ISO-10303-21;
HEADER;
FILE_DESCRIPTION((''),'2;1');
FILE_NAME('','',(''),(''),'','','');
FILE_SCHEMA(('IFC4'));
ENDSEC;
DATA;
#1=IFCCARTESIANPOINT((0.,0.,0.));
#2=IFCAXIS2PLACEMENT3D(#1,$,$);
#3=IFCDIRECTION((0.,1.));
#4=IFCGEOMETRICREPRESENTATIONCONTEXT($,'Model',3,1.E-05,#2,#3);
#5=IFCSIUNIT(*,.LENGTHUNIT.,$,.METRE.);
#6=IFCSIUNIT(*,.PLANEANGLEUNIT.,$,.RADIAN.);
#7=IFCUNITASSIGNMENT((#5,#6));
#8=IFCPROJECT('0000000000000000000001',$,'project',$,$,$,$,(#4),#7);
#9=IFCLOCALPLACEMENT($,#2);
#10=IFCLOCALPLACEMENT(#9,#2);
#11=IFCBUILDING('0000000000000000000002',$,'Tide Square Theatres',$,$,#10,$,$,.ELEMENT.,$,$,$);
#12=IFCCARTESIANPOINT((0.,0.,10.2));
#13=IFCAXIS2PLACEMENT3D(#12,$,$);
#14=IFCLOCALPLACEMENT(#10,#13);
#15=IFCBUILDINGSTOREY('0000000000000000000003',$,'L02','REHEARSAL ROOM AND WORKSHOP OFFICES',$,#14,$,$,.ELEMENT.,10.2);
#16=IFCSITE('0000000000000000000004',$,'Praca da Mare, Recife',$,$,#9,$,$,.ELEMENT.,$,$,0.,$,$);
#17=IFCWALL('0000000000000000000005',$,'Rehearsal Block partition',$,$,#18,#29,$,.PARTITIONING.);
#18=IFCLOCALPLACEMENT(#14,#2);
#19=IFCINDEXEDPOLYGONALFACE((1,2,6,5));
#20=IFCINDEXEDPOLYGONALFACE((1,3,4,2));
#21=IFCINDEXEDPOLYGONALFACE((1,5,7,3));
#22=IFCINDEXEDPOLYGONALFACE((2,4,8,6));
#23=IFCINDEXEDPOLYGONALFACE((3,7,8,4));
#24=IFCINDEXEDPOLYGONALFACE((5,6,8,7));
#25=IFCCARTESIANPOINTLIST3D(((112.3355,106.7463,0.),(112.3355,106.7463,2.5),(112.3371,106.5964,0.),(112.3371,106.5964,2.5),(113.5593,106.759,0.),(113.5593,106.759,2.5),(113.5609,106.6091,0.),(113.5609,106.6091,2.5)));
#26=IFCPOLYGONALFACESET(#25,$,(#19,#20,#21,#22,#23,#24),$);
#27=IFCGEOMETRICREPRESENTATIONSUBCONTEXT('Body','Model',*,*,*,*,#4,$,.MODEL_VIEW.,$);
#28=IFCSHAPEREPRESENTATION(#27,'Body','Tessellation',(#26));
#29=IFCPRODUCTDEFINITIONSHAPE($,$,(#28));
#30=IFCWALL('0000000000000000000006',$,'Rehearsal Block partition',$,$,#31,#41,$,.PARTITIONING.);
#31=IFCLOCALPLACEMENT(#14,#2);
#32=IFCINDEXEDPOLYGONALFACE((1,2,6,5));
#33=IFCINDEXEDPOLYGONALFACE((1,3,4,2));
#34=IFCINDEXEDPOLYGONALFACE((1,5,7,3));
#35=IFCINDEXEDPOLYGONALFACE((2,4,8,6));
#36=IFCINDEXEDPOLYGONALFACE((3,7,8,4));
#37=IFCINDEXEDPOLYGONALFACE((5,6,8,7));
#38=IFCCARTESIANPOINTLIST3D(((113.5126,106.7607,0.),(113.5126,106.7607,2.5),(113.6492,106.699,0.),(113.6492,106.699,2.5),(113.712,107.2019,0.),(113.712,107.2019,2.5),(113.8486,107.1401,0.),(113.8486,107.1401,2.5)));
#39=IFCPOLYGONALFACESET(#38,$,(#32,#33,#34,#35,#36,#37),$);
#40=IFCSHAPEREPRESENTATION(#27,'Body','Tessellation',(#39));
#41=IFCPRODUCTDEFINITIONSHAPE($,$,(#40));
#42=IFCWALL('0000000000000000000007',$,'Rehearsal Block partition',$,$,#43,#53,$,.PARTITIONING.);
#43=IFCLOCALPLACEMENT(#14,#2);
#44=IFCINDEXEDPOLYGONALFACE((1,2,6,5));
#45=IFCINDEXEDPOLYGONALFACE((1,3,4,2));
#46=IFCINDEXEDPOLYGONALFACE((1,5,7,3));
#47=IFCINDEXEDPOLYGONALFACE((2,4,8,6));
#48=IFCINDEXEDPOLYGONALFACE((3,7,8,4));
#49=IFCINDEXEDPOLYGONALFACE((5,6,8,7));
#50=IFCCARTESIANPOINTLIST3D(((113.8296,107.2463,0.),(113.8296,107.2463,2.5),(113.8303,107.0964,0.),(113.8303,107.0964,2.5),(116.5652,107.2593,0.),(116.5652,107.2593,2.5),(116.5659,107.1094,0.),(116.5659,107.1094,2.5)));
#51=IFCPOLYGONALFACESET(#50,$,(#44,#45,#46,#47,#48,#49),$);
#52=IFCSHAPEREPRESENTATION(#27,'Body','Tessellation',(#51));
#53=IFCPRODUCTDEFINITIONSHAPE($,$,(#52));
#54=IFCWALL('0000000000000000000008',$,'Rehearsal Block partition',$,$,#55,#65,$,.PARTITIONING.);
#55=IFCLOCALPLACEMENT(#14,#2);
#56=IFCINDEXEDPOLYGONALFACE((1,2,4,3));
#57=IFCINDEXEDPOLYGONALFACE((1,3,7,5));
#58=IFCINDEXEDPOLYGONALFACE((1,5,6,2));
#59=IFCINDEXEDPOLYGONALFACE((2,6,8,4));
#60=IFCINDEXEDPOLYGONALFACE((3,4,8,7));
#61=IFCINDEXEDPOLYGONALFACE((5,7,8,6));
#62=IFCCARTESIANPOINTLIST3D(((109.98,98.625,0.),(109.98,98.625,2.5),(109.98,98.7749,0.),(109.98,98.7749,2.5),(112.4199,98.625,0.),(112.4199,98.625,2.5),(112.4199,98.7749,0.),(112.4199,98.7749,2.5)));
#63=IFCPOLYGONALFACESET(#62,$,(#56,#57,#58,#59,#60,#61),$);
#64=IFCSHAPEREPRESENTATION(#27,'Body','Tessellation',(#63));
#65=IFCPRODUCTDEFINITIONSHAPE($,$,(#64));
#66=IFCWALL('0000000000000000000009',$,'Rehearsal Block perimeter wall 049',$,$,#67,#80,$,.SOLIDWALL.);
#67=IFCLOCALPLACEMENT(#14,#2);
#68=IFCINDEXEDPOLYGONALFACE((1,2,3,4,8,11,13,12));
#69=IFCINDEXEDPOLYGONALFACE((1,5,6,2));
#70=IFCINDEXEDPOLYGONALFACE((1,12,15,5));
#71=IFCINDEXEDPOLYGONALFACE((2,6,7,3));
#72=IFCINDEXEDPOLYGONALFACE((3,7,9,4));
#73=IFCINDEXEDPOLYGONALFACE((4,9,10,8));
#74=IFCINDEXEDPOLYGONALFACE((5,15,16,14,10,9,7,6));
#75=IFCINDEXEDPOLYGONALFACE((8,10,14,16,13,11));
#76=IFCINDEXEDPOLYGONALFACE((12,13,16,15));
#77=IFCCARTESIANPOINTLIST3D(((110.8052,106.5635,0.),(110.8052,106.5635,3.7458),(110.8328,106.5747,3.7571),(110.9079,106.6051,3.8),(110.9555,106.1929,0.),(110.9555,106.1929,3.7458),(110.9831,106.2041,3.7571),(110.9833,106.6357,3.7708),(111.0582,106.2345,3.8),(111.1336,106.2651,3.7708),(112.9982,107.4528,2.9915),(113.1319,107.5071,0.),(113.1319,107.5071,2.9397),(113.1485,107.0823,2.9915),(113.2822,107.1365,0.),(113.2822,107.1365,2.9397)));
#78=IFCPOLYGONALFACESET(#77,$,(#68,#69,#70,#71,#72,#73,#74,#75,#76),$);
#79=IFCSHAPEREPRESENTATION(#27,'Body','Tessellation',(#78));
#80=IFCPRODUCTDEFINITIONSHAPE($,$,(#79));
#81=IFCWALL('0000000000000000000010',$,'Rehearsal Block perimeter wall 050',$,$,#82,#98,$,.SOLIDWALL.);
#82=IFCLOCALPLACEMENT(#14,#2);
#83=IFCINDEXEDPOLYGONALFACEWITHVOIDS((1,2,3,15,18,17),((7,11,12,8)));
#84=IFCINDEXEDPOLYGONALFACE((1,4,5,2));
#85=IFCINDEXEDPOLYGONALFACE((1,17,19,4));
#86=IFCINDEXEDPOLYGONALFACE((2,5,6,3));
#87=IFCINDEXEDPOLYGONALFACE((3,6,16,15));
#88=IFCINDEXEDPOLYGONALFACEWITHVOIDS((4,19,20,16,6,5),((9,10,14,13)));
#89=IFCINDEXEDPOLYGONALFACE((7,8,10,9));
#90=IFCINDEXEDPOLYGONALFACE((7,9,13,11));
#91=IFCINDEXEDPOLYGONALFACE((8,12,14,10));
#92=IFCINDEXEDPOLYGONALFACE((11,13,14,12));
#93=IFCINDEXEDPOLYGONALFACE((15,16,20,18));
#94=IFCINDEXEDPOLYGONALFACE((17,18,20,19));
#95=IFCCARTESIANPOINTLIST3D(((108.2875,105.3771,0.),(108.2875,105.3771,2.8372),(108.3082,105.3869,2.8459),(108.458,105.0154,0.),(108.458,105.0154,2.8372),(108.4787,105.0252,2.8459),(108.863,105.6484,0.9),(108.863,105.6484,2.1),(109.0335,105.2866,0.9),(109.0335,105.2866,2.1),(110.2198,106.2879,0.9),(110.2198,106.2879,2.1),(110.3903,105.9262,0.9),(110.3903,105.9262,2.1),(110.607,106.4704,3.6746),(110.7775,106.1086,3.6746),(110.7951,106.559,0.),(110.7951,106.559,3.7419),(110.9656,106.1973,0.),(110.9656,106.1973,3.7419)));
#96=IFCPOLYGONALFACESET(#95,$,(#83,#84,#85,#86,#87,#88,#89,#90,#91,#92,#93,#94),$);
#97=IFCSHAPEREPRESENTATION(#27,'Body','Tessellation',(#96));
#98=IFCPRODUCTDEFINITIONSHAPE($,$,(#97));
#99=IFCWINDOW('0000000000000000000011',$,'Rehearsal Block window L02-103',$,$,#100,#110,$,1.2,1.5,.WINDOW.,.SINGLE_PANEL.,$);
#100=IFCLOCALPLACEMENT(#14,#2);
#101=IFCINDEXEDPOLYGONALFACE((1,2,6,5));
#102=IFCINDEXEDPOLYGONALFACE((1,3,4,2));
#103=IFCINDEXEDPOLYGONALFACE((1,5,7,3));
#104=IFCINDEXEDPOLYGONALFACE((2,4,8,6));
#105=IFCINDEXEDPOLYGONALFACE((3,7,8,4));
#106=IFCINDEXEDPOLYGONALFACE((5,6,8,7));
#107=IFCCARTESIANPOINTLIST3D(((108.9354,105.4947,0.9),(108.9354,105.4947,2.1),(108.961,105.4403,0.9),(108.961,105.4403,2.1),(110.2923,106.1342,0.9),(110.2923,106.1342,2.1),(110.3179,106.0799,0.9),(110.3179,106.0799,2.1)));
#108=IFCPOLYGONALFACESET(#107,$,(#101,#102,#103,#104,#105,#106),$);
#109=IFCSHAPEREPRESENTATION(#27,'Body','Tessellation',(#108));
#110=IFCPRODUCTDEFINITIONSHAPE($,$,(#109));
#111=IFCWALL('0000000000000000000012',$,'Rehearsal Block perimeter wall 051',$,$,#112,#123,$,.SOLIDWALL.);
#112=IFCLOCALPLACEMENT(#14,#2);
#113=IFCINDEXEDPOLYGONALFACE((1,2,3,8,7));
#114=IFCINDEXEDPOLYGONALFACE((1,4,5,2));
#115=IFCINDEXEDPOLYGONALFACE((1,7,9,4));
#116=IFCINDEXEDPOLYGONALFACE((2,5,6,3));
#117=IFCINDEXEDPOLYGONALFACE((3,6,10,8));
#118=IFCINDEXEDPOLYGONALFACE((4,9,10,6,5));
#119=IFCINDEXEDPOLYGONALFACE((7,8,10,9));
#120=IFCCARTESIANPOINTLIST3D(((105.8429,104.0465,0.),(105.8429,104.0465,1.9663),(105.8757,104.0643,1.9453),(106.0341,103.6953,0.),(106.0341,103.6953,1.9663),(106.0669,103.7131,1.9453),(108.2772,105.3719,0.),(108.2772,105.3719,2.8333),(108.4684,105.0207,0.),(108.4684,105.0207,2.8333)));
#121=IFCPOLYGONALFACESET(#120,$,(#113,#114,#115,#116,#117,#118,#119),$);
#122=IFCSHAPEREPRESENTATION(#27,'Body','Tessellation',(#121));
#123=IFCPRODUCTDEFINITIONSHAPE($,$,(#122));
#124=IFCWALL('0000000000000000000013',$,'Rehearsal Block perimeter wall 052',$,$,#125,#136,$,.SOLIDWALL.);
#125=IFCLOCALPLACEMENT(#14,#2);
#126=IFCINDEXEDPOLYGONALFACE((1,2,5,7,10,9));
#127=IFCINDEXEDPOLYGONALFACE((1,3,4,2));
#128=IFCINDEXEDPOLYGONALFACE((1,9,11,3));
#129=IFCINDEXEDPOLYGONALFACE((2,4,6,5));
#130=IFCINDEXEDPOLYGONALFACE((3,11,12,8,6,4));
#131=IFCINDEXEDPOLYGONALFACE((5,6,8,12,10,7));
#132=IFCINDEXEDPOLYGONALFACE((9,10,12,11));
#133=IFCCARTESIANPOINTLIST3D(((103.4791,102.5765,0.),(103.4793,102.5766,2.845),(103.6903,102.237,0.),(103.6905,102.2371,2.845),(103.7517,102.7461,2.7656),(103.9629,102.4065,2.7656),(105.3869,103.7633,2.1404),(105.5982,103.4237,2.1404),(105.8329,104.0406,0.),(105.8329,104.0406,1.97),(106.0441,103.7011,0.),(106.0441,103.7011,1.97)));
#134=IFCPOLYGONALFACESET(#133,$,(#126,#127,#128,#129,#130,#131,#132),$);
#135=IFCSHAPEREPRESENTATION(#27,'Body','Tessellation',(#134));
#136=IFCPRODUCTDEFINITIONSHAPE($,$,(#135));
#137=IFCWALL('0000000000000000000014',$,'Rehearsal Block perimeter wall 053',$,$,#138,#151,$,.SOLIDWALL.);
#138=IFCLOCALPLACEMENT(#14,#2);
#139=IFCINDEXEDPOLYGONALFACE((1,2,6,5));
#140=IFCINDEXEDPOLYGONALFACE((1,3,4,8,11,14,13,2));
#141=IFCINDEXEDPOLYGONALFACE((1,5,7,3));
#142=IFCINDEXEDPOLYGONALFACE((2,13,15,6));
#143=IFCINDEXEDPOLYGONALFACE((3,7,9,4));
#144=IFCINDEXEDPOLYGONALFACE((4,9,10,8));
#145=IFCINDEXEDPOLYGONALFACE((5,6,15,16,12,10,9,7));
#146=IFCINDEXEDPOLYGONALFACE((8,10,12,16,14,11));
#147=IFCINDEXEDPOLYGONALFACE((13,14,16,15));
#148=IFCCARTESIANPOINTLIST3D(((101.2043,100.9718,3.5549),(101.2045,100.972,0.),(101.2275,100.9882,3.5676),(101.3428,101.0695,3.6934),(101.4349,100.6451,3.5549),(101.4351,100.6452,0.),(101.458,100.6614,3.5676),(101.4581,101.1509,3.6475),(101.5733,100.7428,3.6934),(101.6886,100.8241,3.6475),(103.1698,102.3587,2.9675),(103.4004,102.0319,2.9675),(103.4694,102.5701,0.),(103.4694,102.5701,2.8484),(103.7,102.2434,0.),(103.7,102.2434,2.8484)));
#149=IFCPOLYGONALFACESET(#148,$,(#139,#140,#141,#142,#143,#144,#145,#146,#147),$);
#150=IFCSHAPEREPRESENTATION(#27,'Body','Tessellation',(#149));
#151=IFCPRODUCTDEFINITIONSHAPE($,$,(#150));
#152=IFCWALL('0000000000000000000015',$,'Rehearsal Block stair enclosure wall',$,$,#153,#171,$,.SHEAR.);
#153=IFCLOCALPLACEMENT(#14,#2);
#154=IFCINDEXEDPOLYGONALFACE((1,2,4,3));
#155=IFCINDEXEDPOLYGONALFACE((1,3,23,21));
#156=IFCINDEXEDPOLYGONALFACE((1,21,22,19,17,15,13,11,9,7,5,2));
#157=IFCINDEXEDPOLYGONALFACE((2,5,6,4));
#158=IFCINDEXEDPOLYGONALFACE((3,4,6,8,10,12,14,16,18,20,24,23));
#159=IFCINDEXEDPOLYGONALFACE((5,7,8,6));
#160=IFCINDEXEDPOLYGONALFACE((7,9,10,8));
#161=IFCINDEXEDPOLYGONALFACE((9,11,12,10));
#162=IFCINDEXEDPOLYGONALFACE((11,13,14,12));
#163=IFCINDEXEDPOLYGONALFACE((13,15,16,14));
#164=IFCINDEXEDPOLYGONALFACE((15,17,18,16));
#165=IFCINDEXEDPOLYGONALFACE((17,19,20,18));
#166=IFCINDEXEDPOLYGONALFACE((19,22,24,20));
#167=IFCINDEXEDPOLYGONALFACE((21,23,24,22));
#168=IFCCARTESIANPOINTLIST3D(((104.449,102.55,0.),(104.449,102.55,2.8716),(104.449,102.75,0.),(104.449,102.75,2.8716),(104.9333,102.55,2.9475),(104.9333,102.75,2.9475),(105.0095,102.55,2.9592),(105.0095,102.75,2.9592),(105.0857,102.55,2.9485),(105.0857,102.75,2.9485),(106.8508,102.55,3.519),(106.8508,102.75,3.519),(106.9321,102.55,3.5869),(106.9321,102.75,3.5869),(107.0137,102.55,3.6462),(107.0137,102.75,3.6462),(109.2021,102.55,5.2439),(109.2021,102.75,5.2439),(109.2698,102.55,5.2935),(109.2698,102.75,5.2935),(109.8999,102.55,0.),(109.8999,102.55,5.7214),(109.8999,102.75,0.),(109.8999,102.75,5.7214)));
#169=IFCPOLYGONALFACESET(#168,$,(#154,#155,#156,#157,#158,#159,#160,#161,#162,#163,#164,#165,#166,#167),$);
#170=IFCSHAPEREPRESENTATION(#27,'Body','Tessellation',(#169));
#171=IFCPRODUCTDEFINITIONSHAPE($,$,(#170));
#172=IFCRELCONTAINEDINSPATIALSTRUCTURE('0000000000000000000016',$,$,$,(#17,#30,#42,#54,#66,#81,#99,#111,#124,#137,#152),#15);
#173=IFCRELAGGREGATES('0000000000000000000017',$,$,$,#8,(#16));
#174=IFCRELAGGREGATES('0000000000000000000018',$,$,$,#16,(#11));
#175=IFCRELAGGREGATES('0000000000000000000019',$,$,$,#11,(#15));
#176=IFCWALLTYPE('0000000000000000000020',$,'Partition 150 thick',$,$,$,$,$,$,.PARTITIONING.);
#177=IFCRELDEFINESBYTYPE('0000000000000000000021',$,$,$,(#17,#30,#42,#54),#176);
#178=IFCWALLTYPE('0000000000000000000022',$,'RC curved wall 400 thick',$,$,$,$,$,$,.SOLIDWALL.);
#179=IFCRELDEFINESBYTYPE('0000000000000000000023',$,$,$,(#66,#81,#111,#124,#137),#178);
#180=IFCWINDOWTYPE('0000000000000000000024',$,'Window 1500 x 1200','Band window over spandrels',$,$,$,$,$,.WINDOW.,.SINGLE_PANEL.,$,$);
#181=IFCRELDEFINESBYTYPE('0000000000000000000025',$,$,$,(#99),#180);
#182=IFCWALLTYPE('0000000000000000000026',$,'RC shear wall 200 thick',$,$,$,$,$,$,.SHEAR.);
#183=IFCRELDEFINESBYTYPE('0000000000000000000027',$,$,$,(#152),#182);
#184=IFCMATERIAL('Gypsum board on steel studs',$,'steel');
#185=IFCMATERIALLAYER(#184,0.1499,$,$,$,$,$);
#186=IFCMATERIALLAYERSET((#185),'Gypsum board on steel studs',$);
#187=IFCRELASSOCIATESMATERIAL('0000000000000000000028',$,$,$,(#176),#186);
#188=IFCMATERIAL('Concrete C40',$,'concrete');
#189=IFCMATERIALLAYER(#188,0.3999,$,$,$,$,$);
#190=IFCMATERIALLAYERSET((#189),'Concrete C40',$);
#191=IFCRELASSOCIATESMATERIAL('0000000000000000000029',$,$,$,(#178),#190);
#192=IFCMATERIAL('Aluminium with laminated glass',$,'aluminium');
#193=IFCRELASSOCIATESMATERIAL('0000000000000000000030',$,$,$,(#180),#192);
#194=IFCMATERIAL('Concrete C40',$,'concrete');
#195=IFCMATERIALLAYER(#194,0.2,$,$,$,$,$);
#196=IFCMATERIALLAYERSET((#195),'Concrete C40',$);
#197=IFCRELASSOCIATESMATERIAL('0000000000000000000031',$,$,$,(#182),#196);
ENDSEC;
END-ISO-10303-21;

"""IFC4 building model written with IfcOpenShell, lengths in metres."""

from ifc_helpers import new_model, si_unit, direction, frame, frame_2d, origin, place, context, subcontext, project, spatial, polyline, rectangle, outline, extrude, material, layer, layer_set, type_object, element, fill, save


model = new_model("IFC4")

# Units and contexts
model_context = context("Model", 3, precision=1e-05, world=origin(), true_north=direction((0.0, 1.0)))
body_context = subcontext(model_context, "Body", "Model", "MODEL_VIEW")
ifc_project = project(units=[si_unit("LENGTHUNIT", "METRE"), si_unit("PLANEANGLEUNIT", "RADIAN")], contexts=[model_context])

# Site, building, storey
site_placement = place(None, origin())
site = spatial("IfcSite", under=ifc_project, at=site_placement, Name="Praca da Mare, Recife", CompositionType="ELEMENT", RefElevation=0.0)
building_placement = place(site_placement, origin())
building = spatial("IfcBuilding", under=site, at=building_placement, Name="Tide Square Theatres", CompositionType="ELEMENT")
storey_placement = place(building_placement, frame((0.0, 0.0, 10.2)))
storey = spatial("IfcBuildingStorey", under=building, at=storey_placement, Name="L02", Description="REHEARSAL ROOM AND WORKSHOP OFFICES", CompositionType="ELEMENT", Elevation=10.2)

# Walls
ifc_material_1 = material(Name="Gypsum board on steel studs", Category="steel")
ifc_layer_1 = layer(ifc_material_1, 0.1499)
ifc_layer_set_1 = layer_set([ifc_layer_1], Name="Gypsum board on steel studs")
wall_type_1 = type_object("IfcWallType", Name="Partition 150 thick", PredefinedType="PARTITIONING", material=ifc_layer_set_1)
wall_1_placement = place(storey_placement, frame((112.3364, 106.6714, 0.0), z_axis=(0.0, 0.0, 1.0), x_axis=(0.999946, 0.010372, 0.0)))
element("IfcWall", 1, at=wall_1_placement, inside=storey, type_object=wall_type_1, Name="Rehearsal Block partition", PredefinedType="PARTITIONING", context=body_context, shape_type="SweptSolid", body=[
    extrude(rectangle(XDim=1.2239, YDim=0.1499, at=frame_2d((0.6118, 0.0))), origin(), (0.0, 0.0, 1.0), 2.5),
])
wall_2_placement = place(storey_placement, frame((113.5808, 106.7297, 0.0), z_axis=(0.0, 0.0, 1.0), x_axis=(0.411978, 0.911194, 0.0)))
element("IfcWall", 2, at=wall_2_placement, inside=storey, type_object=wall_type_1, Name="Rehearsal Block partition", PredefinedType="PARTITIONING", context=body_context, shape_type="SweptSolid", body=[
    extrude(rectangle(XDim=0.4841, YDim=0.1499, at=frame_2d((0.2422, 0.0))), origin(), (0.0, 0.0, 1.0), 2.5),
])
wall_3_placement = place(storey_placement, frame((113.8301, 107.1714, 0.0), z_axis=(0.0, 0.0, 1.0), x_axis=(0.999989, 0.00473, 0.0)))
element("IfcWall", 3, at=wall_3_placement, inside=storey, type_object=wall_type_1, Name="Rehearsal Block partition", PredefinedType="PARTITIONING", context=body_context, shape_type="SweptSolid", body=[
    extrude(rectangle(XDim=2.7356, YDim=0.1499, at=frame_2d((1.3677, 0.0))), origin(), (0.0, 0.0, 1.0), 2.5),
])
wall_4_placement = place(storey_placement, frame((109.98, 98.7, 0.0), z_axis=(0.0, 0.0, 1.0), x_axis=(1.0, 0.0, 0.0)))
element("IfcWall", 4, at=wall_4_placement, inside=storey, type_object=wall_type_1, Name="Rehearsal Block partition", PredefinedType="PARTITIONING", context=body_context, shape_type="SweptSolid", body=[
    extrude(rectangle(XDim=2.4399, YDim=0.1499, at=frame_2d((1.22, 0.0))), origin(), (0.0, 0.0, 1.0), 2.5),
])
ifc_material_2 = material(Name="Concrete C40", Category="concrete")
ifc_layer_2 = layer(ifc_material_2, 0.3999)
ifc_layer_set_2 = layer_set([ifc_layer_2], Name="Concrete C40")
wall_type_2 = type_object("IfcWallType", Name="RC curved wall 400 thick", PredefinedType="SOLIDWALL", material=ifc_layer_set_2)
wall_5_placement = place(storey_placement, frame((113.207, 107.3218, 0.0), z_axis=(0.0, 0.0, 1.0), x_axis=(-0.926689, -0.375829, 0.0)))
element("IfcWall", 5, at=wall_5_placement, inside=storey, type_object=wall_type_2, Name="Rehearsal Block perimeter wall 049", PredefinedType="SOLIDWALL", context=body_context, shape_type="SweptSolid", body=[
    extrude(outline(polyline([(0.0, 0.0), (2.5107, 0.0), (2.5107, 3.7458), (2.481, 3.7571), (2.3999, 3.8), (2.3186, 3.7708), (0.1443, 2.9915), (0.0, 2.9397), (0.0, 0.0)])), frame((0.0, 0.2, 0.0), z_axis=(0.0, -1.0, 0.0), x_axis=(1.0, 0.0, 0.0)), (0.0, 0.0, 1.0), 0.3999),
])

# Wall, opening, window
wall_6_placement = place(storey_placement, frame((110.8804, 106.3782, 0.0), z_axis=(0.0, 0.0, 1.0), x_axis=(-0.904561, -0.426344, 0.0)))
wall_6 = element("IfcWall", 6, at=wall_6_placement, inside=storey, type_object=wall_type_2, Name="Rehearsal Block perimeter wall 050", PredefinedType="SOLIDWALL", context=body_context, shape_type="SweptSolid", body=[
    extrude(outline(polyline([(0.0, 0.0), (2.7722, 0.0), (2.7722, 2.8372), (2.7493, 2.8459), (0.208, 3.6746), (0.1138, 3.7051), (0.0, 3.7419), (0.0, 0.0)])), frame((0.0, 0.2, 0.0), z_axis=(0.0, -1.0, 0.0), x_axis=(1.0, 0.0, 0.0)), (0.0, 0.0, 1.0), 0.3999),
])
opening_1_placement = place(wall_6_placement, frame((0.636, 0.0, 0.8999)))
opening_1 = element("IfcOpeningElement", 7, at=opening_1_placement, cuts=wall_6, PredefinedType="OPENING", context=body_context, shape_type="SweptSolid", body=[
    extrude(rectangle(XDim=1.5, YDim=1.2, at=frame_2d((0.75, 0.6001))), frame((0.0, 0.21, 0.0), z_axis=(0.0, -1.0, 0.0), x_axis=(1.0, 0.0, 0.0)), (0.0, 0.0, 1.0), 0.4199),
])
ifc_material_3 = material(Name="Aluminium with laminated glass", Category="aluminium")
window_type = type_object("IfcWindowType", Name="Window 1500 x 1200", Description="Band window over spandrels", PartitioningType="SINGLE_PANEL", PredefinedType="WINDOW", material=ifc_material_3)
window_placement = place(opening_1_placement, origin())
window = element("IfcWindow", 8, at=window_placement, inside=storey, type_object=window_type, Name="Rehearsal Block window L02-103", OverallHeight=1.2, OverallWidth=1.5, PartitioningType="SINGLE_PANEL", PredefinedType="WINDOW", context=body_context, shape_type="SweptSolid", body=[
    extrude(rectangle(XDim=1.5, YDim=1.2, at=frame_2d((0.75, 0.6001))), frame((0.0, 0.03, 0.0), z_axis=(0.0, -1.0, 0.0), x_axis=(1.0, 0.0, 0.0)), (0.0, 0.0, 1.0), 0.0601),
])
fill(opening_1, window)

# Walls
wall_7_placement = place(storey_placement, frame((108.3728, 105.1963, 0.0), z_axis=(0.0, 0.0, 1.0), x_axis=(-0.878256, -0.478192, 0.0)))
element("IfcWall", 9, at=wall_7_placement, inside=storey, type_object=wall_type_2, Name="Rehearsal Block perimeter wall 051", PredefinedType="SOLIDWALL", context=body_context, shape_type="SweptSolid", body=[
    extrude(outline(polyline([(0.0, 0.0), (2.7717, 0.0), (2.7717, 1.9663), (2.7344, 1.9453), (0.0, 2.8333), (0.0, 0.0)])), frame((0.0, 0.2, 0.0), z_axis=(0.0, -1.0, 0.0), x_axis=(1.0, 0.0, 0.0)), (0.0, 0.0, 1.0), 0.3999),
])
wall_8_placement = place(storey_placement, frame((105.9385, 103.8708, 0.0), z_axis=(0.0, 0.0, 1.0), x_axis=(-0.849129, -0.528185, 0.0)))
element("IfcWall", 10, at=wall_8_placement, inside=storey, type_object=wall_type_2, Name="Rehearsal Block perimeter wall 052", PredefinedType="SOLIDWALL", context=body_context, shape_type="SweptSolid", body=[
    extrude(outline(polyline([(0.0, 0.0), (2.772, 0.0), (2.7717, 2.845), (2.4509, 2.7656), (0.5251, 2.1404), (0.0, 1.97), (0.0, 0.0)])), frame((0.0, 0.2, 0.0), z_axis=(0.0, -1.0, 0.0), x_axis=(1.0, 0.0, 0.0)), (0.0, 0.0, 1.0), 0.3999),
])
wall_9_placement = place(storey_placement, frame((103.5847, 102.4067, 0.0), z_axis=(0.0, 0.0, 1.0), x_axis=(-0.81707, -0.576538, 0.0)))
element("IfcWall", 11, at=wall_9_placement, inside=storey, type_object=wall_type_2, Name="Rehearsal Block perimeter wall 053", PredefinedType="SOLIDWALL", context=body_context, shape_type="SweptSolid", body=[
    extrude(outline(polyline([(0.0, 0.0), (2.772, 0.0), (2.7722, 3.5549), (2.7439, 3.5676), (2.6028, 3.6934), (2.4617, 3.6475), (0.3667, 2.9675), (0.0, 2.8484), (0.0, 0.0)])), frame((0.0, 0.2, 0.0), z_axis=(0.0, -1.0, 0.0), x_axis=(1.0, 0.0, 0.0)), (0.0, 0.0, 1.0), 0.3999),
])
ifc_material_4 = material(Name="Concrete C40", Category="concrete")
ifc_layer_3 = layer(ifc_material_4, 0.2)
ifc_layer_set_3 = layer_set([ifc_layer_3], Name="Concrete C40")
wall_type_3 = type_object("IfcWallType", Name="RC shear wall 200 thick", PredefinedType="SHEAR", material=ifc_layer_set_3)
wall_10_placement = place(storey_placement, frame((104.449, 102.6499, 0.0), z_axis=(0.0, 0.0, 1.0), x_axis=(1.0, 0.0, 0.0)))
element("IfcWall", 12, at=wall_10_placement, inside=storey, type_object=wall_type_3, Name="Rehearsal Block stair enclosure wall", PredefinedType="SHEAR", context=body_context, shape_type="SweptSolid", body=[
    extrude(outline(polyline([(0.0, 0.0), (5.4509, 0.0), (5.4509, 5.7214), (4.8208, 5.2935), (4.7532, 5.2439), (2.5647, 3.6462), (2.4832, 3.5869), (2.4019, 3.519), (0.6367, 2.9485), (0.5605, 2.9592), (0.4844, 2.9475), (0.0, 2.8716), (0.0, 0.0)])), frame((0.0, 0.1001, 0.0), z_axis=(0.0, -1.0, 0.0), x_axis=(1.0, 0.0, 0.0)), (0.0, 0.0, 1.0), 0.2),
])

save(model, "model.ifc")
